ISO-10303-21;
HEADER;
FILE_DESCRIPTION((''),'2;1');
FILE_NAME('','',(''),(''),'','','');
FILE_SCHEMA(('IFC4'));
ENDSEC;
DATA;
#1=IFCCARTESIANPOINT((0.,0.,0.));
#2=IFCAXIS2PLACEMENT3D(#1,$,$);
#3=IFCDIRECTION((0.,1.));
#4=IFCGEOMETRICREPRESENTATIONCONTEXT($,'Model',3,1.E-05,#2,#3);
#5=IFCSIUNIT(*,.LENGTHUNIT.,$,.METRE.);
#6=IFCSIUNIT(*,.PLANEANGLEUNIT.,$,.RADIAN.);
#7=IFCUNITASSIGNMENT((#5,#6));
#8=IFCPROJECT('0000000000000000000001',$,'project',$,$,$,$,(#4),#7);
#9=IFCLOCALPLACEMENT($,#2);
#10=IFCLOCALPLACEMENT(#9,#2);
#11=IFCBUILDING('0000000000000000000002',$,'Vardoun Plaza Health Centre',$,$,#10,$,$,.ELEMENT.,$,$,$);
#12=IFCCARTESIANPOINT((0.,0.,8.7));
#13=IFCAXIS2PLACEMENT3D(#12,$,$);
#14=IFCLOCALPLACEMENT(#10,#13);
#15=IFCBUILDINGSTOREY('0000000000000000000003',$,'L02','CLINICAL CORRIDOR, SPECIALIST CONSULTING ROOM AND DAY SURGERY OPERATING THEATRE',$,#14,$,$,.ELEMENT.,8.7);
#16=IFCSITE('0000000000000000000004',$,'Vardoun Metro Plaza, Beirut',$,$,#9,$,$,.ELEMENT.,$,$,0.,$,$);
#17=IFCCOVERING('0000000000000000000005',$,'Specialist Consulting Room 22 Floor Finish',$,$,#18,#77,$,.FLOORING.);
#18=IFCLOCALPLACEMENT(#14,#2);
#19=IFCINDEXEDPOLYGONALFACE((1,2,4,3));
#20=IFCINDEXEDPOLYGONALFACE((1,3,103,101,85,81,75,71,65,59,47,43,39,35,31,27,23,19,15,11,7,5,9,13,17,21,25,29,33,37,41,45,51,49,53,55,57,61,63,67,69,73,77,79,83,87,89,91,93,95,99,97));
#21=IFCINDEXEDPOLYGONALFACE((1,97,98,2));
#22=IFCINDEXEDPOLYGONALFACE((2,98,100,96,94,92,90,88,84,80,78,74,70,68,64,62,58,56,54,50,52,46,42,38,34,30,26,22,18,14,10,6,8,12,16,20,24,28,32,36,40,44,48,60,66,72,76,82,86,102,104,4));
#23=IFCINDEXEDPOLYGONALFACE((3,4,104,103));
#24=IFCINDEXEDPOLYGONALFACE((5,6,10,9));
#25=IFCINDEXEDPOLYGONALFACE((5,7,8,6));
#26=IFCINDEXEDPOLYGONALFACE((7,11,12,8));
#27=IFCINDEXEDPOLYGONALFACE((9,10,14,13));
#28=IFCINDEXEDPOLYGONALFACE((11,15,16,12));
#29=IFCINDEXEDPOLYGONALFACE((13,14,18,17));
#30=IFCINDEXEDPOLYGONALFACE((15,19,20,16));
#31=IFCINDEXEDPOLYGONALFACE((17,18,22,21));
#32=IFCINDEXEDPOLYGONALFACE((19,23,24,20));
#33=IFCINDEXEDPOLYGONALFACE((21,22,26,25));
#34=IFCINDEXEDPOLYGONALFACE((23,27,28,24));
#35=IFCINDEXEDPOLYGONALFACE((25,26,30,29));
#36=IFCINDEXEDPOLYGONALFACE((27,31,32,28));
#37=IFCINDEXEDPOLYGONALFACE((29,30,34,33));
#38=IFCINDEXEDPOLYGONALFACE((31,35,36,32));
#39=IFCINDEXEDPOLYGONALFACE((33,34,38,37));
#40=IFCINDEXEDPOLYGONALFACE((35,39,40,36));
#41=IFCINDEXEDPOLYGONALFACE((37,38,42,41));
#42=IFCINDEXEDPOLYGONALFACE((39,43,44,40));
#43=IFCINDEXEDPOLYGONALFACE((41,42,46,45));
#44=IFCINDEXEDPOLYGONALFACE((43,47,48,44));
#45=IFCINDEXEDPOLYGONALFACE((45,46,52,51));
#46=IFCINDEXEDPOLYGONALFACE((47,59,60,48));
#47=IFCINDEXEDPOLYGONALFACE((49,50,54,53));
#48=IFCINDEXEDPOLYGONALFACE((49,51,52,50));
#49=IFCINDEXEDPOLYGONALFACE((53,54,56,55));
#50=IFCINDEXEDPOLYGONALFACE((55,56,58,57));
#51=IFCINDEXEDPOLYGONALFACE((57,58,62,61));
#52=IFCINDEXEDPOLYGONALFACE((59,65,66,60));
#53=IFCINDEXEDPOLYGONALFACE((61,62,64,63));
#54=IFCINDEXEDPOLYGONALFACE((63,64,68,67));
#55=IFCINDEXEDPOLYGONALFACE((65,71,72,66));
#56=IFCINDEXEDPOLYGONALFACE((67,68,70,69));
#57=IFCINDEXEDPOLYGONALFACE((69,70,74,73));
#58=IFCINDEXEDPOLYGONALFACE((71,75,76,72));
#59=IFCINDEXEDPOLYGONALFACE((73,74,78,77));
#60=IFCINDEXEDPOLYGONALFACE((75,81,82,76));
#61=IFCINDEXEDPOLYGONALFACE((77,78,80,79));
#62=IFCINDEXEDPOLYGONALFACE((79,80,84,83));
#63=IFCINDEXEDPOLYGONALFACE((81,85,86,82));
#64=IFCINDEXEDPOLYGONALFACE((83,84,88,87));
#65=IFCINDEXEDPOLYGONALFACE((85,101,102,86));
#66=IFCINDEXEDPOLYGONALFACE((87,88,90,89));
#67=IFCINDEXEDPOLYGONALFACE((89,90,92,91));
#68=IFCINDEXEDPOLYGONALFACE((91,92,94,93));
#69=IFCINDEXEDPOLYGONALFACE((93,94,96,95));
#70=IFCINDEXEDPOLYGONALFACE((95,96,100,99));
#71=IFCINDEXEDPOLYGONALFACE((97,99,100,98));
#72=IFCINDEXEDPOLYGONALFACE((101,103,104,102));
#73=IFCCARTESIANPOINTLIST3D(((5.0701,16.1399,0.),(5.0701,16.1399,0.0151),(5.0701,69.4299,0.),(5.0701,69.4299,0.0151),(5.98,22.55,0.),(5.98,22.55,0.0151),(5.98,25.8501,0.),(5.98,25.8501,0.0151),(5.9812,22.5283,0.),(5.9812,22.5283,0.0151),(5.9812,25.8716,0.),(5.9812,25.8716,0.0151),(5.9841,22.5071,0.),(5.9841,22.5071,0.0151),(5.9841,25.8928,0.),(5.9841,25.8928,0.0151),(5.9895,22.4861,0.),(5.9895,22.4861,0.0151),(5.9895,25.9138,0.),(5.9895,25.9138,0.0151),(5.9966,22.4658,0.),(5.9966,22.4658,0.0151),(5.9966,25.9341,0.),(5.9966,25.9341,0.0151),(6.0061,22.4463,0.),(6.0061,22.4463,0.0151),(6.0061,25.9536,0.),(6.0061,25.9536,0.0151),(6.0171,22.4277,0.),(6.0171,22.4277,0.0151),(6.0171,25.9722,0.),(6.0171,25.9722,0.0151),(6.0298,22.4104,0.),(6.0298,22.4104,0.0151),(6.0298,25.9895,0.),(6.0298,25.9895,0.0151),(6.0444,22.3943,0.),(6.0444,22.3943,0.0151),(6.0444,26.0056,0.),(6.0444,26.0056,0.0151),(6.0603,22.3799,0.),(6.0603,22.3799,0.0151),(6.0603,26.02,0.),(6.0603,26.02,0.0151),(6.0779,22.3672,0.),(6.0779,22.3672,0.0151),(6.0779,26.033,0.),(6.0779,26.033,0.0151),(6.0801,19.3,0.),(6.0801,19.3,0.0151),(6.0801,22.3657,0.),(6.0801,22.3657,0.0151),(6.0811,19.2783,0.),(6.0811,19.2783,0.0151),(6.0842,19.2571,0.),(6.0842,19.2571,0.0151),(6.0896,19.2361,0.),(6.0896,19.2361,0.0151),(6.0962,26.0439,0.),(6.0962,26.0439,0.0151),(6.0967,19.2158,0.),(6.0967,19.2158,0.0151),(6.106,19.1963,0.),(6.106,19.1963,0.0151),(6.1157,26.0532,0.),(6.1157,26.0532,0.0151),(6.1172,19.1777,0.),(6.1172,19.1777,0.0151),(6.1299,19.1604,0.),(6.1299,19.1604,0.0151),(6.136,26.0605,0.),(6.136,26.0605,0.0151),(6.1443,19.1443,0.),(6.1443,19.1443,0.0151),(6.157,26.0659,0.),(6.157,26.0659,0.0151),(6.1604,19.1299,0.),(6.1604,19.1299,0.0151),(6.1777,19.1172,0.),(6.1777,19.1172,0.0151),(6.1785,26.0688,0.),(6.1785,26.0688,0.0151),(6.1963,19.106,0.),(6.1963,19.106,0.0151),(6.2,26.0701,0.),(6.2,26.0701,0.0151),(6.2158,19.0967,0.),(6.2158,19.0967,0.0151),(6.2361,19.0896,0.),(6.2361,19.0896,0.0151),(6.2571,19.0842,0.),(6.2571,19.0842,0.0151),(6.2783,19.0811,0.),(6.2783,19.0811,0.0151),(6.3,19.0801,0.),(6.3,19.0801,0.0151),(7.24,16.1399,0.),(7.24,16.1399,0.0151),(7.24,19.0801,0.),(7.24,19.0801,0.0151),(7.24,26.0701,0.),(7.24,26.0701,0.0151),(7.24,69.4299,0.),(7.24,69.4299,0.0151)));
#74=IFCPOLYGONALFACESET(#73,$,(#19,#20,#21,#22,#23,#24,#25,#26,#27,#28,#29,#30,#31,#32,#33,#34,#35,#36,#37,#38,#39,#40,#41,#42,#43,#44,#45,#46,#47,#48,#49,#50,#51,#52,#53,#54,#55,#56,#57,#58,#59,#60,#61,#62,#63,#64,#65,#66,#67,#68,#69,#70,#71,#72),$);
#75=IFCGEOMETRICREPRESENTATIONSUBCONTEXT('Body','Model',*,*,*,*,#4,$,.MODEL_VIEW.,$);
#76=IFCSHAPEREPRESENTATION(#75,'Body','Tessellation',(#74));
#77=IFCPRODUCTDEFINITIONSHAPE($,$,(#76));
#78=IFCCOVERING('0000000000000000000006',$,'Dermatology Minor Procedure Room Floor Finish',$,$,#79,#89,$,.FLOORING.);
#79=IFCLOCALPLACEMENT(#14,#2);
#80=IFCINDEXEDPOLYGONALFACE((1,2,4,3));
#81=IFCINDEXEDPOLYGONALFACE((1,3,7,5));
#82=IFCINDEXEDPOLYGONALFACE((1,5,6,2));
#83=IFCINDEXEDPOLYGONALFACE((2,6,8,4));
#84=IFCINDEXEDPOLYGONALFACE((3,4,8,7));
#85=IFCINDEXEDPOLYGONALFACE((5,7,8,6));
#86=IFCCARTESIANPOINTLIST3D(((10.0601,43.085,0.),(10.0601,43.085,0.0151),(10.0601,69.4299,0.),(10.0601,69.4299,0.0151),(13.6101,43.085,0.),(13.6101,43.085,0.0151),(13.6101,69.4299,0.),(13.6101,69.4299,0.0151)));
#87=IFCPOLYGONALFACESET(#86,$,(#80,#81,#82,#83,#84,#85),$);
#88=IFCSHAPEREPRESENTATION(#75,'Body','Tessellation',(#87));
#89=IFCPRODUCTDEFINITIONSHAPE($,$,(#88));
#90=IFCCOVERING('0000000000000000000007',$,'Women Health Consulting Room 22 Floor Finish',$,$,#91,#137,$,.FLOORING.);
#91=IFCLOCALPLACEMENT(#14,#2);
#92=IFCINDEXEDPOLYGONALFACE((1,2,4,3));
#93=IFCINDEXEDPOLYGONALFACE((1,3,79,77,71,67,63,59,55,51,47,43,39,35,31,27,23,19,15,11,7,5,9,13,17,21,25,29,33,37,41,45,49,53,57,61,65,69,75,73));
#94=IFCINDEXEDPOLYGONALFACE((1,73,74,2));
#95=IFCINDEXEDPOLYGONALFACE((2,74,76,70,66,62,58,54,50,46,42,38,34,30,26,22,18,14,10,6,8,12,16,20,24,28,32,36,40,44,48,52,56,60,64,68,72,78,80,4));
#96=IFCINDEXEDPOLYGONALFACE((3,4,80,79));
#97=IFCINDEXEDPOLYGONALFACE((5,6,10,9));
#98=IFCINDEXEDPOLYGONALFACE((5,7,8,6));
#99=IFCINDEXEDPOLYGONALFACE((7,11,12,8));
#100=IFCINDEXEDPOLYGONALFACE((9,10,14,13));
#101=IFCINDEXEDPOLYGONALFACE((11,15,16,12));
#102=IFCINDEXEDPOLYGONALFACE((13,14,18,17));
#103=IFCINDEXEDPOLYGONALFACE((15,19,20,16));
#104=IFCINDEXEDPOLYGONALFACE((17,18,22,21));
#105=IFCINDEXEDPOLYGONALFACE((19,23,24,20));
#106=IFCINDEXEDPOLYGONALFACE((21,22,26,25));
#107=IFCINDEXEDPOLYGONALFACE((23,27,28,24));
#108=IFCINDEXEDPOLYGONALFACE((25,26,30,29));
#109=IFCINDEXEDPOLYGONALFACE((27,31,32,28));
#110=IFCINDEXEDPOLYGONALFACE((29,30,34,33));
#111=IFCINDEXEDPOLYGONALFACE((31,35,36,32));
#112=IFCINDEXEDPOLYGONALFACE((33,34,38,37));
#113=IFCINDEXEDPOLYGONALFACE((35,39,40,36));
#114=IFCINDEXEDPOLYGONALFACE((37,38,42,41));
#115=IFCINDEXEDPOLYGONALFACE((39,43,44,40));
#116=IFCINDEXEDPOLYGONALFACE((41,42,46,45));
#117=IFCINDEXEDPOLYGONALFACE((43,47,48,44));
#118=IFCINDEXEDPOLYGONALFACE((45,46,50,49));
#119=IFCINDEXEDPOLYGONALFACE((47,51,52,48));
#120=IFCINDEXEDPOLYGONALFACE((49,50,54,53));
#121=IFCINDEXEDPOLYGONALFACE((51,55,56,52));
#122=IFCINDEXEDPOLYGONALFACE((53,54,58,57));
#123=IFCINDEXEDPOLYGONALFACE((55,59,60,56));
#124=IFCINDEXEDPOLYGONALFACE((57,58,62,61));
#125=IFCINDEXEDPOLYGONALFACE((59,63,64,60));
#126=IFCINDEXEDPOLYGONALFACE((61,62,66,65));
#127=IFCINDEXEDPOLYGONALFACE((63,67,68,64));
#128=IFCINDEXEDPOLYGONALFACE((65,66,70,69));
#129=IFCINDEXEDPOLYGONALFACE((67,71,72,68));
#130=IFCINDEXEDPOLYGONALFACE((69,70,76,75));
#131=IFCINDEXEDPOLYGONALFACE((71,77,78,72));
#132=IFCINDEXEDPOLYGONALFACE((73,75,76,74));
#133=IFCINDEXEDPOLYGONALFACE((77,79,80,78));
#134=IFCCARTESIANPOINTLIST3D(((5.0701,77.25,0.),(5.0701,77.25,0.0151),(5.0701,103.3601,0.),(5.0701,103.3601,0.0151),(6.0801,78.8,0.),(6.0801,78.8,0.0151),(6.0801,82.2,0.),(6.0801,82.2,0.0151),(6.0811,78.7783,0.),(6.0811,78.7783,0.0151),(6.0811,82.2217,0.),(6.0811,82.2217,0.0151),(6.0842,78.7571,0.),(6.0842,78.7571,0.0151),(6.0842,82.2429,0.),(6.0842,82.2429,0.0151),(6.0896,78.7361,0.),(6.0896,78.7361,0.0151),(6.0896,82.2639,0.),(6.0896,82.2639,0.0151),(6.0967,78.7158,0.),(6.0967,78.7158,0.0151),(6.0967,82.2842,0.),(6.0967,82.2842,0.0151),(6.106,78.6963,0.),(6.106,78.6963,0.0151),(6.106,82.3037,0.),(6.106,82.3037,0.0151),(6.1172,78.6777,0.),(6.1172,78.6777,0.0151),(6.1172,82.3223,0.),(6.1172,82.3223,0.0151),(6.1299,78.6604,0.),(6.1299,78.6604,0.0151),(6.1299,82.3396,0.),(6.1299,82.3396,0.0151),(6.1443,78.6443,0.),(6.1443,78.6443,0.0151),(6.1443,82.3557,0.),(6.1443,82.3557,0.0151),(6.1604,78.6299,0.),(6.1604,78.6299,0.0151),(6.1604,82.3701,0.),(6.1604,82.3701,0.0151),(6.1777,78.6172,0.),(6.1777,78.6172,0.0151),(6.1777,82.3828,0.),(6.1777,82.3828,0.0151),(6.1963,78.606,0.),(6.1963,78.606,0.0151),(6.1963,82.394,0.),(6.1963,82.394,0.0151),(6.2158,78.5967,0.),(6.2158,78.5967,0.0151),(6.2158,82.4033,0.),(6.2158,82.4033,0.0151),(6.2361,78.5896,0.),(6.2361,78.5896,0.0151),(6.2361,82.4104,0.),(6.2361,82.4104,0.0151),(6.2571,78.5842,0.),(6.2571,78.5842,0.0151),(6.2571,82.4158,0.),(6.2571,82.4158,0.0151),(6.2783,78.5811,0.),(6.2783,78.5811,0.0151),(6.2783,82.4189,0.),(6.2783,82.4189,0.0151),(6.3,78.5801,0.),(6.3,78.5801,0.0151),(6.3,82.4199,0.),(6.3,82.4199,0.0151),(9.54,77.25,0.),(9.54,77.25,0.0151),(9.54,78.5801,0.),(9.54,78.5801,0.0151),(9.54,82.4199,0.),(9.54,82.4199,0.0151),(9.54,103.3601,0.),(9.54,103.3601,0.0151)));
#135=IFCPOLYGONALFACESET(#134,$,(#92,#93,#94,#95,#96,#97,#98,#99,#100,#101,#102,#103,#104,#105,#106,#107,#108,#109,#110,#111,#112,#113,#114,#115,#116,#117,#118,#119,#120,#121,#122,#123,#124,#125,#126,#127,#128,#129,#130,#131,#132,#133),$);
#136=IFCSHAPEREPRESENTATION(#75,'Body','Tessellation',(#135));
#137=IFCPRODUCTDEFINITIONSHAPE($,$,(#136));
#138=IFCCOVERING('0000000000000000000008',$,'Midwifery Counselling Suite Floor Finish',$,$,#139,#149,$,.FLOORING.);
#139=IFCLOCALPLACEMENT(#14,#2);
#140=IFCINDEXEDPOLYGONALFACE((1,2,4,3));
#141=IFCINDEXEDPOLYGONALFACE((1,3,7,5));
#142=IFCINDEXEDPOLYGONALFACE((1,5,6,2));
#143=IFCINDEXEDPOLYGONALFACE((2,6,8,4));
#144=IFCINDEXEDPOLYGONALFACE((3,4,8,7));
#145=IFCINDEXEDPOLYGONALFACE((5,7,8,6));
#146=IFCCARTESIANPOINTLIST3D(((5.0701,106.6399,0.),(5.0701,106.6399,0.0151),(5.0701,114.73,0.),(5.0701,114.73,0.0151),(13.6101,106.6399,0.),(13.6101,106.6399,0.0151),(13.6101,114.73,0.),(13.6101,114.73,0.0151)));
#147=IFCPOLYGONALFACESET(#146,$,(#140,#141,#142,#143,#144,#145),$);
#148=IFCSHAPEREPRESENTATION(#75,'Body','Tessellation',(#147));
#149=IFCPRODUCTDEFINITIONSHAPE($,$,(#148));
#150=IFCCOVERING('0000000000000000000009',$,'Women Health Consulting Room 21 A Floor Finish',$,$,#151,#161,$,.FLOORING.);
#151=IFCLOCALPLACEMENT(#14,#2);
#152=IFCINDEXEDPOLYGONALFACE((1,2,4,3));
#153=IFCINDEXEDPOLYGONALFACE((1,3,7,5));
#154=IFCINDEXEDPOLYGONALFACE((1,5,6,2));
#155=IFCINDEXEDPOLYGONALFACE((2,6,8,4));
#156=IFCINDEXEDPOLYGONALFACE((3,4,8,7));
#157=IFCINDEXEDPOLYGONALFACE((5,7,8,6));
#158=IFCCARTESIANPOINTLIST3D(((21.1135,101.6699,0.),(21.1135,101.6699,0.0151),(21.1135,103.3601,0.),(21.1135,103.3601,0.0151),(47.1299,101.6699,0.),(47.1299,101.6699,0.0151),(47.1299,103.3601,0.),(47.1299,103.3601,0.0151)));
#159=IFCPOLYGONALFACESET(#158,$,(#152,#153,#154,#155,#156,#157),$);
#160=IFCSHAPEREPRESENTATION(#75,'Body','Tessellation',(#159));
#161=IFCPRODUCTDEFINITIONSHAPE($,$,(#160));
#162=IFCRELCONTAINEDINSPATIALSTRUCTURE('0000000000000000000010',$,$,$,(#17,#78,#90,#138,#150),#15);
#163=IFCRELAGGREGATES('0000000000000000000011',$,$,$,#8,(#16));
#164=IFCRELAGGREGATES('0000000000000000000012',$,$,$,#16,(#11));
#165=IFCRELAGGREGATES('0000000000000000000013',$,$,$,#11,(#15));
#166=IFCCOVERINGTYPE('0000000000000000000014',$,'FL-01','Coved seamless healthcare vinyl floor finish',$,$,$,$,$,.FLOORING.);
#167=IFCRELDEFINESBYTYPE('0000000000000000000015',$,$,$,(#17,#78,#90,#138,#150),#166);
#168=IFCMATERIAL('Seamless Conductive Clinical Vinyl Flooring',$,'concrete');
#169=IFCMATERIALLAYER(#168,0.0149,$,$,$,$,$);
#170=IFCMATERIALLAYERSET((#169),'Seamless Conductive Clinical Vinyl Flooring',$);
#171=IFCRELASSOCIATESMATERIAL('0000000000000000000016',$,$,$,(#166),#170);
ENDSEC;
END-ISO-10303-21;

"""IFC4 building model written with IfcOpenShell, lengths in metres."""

from ifc_helpers import new_model, si_unit, direction, frame, origin, place, context, subcontext, project, spatial, polyline, outline, extrude, material, layer, layer_set, type_object, element, save


model = new_model("IFC4")

# Units and contexts
model_context = context("Model", 3, precision=1e-05, world=origin(), true_north=direction((0.0, 1.0)))
body_context = subcontext(model_context, "Body", "Model", "MODEL_VIEW")
ifc_project = project(units=[si_unit("LENGTHUNIT", "METRE"), si_unit("PLANEANGLEUNIT", "RADIAN")], contexts=[model_context])

# Site, building, storey
site_placement = place(None, origin())
site = spatial("IfcSite", under=ifc_project, at=site_placement, Name="Vardoun Metro Plaza, Beirut", CompositionType="ELEMENT", RefElevation=0.0)
building_placement = place(site_placement, origin())
building = spatial("IfcBuilding", under=site, at=building_placement, Name="Vardoun Plaza Health Centre", CompositionType="ELEMENT")
storey_placement = place(building_placement, frame((0.0, 0.0, 8.7)))
storey = spatial("IfcBuildingStorey", under=building, at=storey_placement, Name="L02", Description="CLINICAL CORRIDOR, SPECIALIST CONSULTING ROOM AND DAY SURGERY OPERATING THEATRE", CompositionType="ELEMENT", Elevation=8.7)

# Coverings
ifc_material_1 = material(Name="Seamless Conductive Clinical Vinyl Flooring", Category="concrete")
ifc_layer_1 = layer(ifc_material_1, 0.0149)
ifc_layer_set_1 = layer_set([ifc_layer_1], Name="Seamless Conductive Clinical Vinyl Flooring")
covering_type_1 = type_object("IfcCoveringType", Name="FL-01", Description="Coved seamless healthcare vinyl floor finish", PredefinedType="FLOORING", material=ifc_layer_set_1)
covering_1_placement = place(storey_placement, origin())
element("IfcCovering", 1, at=covering_1_placement, inside=storey, type_object=covering_type_1, Name="Specialist Consulting Room 22 Floor Finish", PredefinedType="FLOORING", context=body_context, shape_type="SweptSolid", body=[
    extrude(outline(polyline([(5.0701, 69.4299), (7.24, 69.4299), (7.24, 26.0701), (6.2, 26.0701), (6.1785, 26.0688), (6.157, 26.0659), (6.136, 26.0605), (6.1157, 26.0532), (6.0962, 26.0439), (6.0779, 26.033), (6.0603, 26.02), (6.0444, 26.0056), (6.0298, 25.9895), (6.0171, 25.9722), (6.0061, 25.9536), (5.9966, 25.9341), (5.9895, 25.9138), (5.9841, 25.8928), (5.9812, 25.8716), (5.98, 25.8501), (5.98, 22.55), (5.9812, 22.5283), (5.9841, 22.5071), (5.9895, 22.4861), (5.9966, 22.4658), (6.0061, 22.4463), (6.0171, 22.4277), (6.0298, 22.4104), (6.0444, 22.3943), (6.0603, 22.3799), (6.0779, 22.3672), (6.0801, 22.3657), (6.0801, 19.3), (6.0811, 19.2783), (6.0842, 19.2571), (6.0896, 19.2361), (6.0967, 19.2158), (6.106, 19.1963), (6.1172, 19.1777), (6.1299, 19.1604), (6.1443, 19.1443), (6.1604, 19.1299), (6.1777, 19.1172), (6.1963, 19.106), (6.2158, 19.0967), (6.2361, 19.0896), (6.2571, 19.0842), (6.2783, 19.0811), (6.3, 19.0801), (7.24, 19.0801), (7.24, 16.1399), (5.0701, 16.1399), (5.0701, 69.4299)])), origin(), (0.0, 0.0, 1.0), 0.0151),
])
covering_2_placement = place(storey_placement, origin())
element("IfcCovering", 2, at=covering_2_placement, inside=storey, type_object=covering_type_1, Name="Dermatology Minor Procedure Room Floor Finish", PredefinedType="FLOORING", context=body_context, shape_type="SweptSolid", body=[
    extrude(outline(polyline([(10.0601, 69.4299), (13.6101, 69.4299), (13.6101, 43.085), (10.0601, 43.085), (10.0601, 69.4299)])), origin(), (0.0, 0.0, 1.0), 0.0151),
])
covering_3_placement = place(storey_placement, origin())
element("IfcCovering", 3, at=covering_3_placement, inside=storey, type_object=covering_type_1, Name="Women Health Consulting Room 22 Floor Finish", PredefinedType="FLOORING", context=body_context, shape_type="SweptSolid", body=[
    extrude(outline(polyline([(5.0701, 103.3601), (9.54, 103.3601), (9.54, 82.4199), (6.3, 82.4199), (6.2783, 82.4189), (6.2571, 82.4158), (6.2361, 82.4104), (6.2158, 82.4033), (6.1963, 82.394), (6.1777, 82.3828), (6.1604, 82.3701), (6.1443, 82.3557), (6.1299, 82.3396), (6.1172, 82.3223), (6.106, 82.3037), (6.0967, 82.2842), (6.0896, 82.2639), (6.0842, 82.2429), (6.0811, 82.2217), (6.0801, 82.2), (6.0801, 78.8), (6.0811, 78.7783), (6.0842, 78.7571), (6.0896, 78.7361), (6.0967, 78.7158), (6.106, 78.6963), (6.1172, 78.6777), (6.1299, 78.6604), (6.1443, 78.6443), (6.1604, 78.6299), (6.1777, 78.6172), (6.1963, 78.606), (6.2158, 78.5967), (6.2361, 78.5896), (6.2571, 78.5842), (6.2783, 78.5811), (6.3, 78.5801), (9.54, 78.5801), (9.54, 77.25), (5.0701, 77.25), (5.0701, 103.3601)])), origin(), (0.0, 0.0, 1.0), 0.0151),
])
covering_4_placement = place(storey_placement, origin())
element("IfcCovering", 4, at=covering_4_placement, inside=storey, type_object=covering_type_1, Name="Midwifery Counselling Suite Floor Finish", PredefinedType="FLOORING", context=body_context, shape_type="SweptSolid", body=[
    extrude(outline(polyline([(13.6101, 114.73), (13.6101, 106.6399), (5.0701, 106.6399), (5.0701, 114.73), (13.6101, 114.73)])), origin(), (0.0, 0.0, 1.0), 0.0151),
])
covering_5_placement = place(storey_placement, origin())
element("IfcCovering", 5, at=covering_5_placement, inside=storey, type_object=covering_type_1, Name="Women Health Consulting Room 21 A Floor Finish", PredefinedType="FLOORING", context=body_context, shape_type="SweptSolid", body=[
    extrude(outline(polyline([(21.1135, 101.6699), (21.1135, 103.3601), (47.1299, 103.3601), (47.1299, 101.6699), (21.1135, 101.6699)])), origin(), (0.0, 0.0, 1.0), 0.0151),
])

save(model, "model.ifc")
